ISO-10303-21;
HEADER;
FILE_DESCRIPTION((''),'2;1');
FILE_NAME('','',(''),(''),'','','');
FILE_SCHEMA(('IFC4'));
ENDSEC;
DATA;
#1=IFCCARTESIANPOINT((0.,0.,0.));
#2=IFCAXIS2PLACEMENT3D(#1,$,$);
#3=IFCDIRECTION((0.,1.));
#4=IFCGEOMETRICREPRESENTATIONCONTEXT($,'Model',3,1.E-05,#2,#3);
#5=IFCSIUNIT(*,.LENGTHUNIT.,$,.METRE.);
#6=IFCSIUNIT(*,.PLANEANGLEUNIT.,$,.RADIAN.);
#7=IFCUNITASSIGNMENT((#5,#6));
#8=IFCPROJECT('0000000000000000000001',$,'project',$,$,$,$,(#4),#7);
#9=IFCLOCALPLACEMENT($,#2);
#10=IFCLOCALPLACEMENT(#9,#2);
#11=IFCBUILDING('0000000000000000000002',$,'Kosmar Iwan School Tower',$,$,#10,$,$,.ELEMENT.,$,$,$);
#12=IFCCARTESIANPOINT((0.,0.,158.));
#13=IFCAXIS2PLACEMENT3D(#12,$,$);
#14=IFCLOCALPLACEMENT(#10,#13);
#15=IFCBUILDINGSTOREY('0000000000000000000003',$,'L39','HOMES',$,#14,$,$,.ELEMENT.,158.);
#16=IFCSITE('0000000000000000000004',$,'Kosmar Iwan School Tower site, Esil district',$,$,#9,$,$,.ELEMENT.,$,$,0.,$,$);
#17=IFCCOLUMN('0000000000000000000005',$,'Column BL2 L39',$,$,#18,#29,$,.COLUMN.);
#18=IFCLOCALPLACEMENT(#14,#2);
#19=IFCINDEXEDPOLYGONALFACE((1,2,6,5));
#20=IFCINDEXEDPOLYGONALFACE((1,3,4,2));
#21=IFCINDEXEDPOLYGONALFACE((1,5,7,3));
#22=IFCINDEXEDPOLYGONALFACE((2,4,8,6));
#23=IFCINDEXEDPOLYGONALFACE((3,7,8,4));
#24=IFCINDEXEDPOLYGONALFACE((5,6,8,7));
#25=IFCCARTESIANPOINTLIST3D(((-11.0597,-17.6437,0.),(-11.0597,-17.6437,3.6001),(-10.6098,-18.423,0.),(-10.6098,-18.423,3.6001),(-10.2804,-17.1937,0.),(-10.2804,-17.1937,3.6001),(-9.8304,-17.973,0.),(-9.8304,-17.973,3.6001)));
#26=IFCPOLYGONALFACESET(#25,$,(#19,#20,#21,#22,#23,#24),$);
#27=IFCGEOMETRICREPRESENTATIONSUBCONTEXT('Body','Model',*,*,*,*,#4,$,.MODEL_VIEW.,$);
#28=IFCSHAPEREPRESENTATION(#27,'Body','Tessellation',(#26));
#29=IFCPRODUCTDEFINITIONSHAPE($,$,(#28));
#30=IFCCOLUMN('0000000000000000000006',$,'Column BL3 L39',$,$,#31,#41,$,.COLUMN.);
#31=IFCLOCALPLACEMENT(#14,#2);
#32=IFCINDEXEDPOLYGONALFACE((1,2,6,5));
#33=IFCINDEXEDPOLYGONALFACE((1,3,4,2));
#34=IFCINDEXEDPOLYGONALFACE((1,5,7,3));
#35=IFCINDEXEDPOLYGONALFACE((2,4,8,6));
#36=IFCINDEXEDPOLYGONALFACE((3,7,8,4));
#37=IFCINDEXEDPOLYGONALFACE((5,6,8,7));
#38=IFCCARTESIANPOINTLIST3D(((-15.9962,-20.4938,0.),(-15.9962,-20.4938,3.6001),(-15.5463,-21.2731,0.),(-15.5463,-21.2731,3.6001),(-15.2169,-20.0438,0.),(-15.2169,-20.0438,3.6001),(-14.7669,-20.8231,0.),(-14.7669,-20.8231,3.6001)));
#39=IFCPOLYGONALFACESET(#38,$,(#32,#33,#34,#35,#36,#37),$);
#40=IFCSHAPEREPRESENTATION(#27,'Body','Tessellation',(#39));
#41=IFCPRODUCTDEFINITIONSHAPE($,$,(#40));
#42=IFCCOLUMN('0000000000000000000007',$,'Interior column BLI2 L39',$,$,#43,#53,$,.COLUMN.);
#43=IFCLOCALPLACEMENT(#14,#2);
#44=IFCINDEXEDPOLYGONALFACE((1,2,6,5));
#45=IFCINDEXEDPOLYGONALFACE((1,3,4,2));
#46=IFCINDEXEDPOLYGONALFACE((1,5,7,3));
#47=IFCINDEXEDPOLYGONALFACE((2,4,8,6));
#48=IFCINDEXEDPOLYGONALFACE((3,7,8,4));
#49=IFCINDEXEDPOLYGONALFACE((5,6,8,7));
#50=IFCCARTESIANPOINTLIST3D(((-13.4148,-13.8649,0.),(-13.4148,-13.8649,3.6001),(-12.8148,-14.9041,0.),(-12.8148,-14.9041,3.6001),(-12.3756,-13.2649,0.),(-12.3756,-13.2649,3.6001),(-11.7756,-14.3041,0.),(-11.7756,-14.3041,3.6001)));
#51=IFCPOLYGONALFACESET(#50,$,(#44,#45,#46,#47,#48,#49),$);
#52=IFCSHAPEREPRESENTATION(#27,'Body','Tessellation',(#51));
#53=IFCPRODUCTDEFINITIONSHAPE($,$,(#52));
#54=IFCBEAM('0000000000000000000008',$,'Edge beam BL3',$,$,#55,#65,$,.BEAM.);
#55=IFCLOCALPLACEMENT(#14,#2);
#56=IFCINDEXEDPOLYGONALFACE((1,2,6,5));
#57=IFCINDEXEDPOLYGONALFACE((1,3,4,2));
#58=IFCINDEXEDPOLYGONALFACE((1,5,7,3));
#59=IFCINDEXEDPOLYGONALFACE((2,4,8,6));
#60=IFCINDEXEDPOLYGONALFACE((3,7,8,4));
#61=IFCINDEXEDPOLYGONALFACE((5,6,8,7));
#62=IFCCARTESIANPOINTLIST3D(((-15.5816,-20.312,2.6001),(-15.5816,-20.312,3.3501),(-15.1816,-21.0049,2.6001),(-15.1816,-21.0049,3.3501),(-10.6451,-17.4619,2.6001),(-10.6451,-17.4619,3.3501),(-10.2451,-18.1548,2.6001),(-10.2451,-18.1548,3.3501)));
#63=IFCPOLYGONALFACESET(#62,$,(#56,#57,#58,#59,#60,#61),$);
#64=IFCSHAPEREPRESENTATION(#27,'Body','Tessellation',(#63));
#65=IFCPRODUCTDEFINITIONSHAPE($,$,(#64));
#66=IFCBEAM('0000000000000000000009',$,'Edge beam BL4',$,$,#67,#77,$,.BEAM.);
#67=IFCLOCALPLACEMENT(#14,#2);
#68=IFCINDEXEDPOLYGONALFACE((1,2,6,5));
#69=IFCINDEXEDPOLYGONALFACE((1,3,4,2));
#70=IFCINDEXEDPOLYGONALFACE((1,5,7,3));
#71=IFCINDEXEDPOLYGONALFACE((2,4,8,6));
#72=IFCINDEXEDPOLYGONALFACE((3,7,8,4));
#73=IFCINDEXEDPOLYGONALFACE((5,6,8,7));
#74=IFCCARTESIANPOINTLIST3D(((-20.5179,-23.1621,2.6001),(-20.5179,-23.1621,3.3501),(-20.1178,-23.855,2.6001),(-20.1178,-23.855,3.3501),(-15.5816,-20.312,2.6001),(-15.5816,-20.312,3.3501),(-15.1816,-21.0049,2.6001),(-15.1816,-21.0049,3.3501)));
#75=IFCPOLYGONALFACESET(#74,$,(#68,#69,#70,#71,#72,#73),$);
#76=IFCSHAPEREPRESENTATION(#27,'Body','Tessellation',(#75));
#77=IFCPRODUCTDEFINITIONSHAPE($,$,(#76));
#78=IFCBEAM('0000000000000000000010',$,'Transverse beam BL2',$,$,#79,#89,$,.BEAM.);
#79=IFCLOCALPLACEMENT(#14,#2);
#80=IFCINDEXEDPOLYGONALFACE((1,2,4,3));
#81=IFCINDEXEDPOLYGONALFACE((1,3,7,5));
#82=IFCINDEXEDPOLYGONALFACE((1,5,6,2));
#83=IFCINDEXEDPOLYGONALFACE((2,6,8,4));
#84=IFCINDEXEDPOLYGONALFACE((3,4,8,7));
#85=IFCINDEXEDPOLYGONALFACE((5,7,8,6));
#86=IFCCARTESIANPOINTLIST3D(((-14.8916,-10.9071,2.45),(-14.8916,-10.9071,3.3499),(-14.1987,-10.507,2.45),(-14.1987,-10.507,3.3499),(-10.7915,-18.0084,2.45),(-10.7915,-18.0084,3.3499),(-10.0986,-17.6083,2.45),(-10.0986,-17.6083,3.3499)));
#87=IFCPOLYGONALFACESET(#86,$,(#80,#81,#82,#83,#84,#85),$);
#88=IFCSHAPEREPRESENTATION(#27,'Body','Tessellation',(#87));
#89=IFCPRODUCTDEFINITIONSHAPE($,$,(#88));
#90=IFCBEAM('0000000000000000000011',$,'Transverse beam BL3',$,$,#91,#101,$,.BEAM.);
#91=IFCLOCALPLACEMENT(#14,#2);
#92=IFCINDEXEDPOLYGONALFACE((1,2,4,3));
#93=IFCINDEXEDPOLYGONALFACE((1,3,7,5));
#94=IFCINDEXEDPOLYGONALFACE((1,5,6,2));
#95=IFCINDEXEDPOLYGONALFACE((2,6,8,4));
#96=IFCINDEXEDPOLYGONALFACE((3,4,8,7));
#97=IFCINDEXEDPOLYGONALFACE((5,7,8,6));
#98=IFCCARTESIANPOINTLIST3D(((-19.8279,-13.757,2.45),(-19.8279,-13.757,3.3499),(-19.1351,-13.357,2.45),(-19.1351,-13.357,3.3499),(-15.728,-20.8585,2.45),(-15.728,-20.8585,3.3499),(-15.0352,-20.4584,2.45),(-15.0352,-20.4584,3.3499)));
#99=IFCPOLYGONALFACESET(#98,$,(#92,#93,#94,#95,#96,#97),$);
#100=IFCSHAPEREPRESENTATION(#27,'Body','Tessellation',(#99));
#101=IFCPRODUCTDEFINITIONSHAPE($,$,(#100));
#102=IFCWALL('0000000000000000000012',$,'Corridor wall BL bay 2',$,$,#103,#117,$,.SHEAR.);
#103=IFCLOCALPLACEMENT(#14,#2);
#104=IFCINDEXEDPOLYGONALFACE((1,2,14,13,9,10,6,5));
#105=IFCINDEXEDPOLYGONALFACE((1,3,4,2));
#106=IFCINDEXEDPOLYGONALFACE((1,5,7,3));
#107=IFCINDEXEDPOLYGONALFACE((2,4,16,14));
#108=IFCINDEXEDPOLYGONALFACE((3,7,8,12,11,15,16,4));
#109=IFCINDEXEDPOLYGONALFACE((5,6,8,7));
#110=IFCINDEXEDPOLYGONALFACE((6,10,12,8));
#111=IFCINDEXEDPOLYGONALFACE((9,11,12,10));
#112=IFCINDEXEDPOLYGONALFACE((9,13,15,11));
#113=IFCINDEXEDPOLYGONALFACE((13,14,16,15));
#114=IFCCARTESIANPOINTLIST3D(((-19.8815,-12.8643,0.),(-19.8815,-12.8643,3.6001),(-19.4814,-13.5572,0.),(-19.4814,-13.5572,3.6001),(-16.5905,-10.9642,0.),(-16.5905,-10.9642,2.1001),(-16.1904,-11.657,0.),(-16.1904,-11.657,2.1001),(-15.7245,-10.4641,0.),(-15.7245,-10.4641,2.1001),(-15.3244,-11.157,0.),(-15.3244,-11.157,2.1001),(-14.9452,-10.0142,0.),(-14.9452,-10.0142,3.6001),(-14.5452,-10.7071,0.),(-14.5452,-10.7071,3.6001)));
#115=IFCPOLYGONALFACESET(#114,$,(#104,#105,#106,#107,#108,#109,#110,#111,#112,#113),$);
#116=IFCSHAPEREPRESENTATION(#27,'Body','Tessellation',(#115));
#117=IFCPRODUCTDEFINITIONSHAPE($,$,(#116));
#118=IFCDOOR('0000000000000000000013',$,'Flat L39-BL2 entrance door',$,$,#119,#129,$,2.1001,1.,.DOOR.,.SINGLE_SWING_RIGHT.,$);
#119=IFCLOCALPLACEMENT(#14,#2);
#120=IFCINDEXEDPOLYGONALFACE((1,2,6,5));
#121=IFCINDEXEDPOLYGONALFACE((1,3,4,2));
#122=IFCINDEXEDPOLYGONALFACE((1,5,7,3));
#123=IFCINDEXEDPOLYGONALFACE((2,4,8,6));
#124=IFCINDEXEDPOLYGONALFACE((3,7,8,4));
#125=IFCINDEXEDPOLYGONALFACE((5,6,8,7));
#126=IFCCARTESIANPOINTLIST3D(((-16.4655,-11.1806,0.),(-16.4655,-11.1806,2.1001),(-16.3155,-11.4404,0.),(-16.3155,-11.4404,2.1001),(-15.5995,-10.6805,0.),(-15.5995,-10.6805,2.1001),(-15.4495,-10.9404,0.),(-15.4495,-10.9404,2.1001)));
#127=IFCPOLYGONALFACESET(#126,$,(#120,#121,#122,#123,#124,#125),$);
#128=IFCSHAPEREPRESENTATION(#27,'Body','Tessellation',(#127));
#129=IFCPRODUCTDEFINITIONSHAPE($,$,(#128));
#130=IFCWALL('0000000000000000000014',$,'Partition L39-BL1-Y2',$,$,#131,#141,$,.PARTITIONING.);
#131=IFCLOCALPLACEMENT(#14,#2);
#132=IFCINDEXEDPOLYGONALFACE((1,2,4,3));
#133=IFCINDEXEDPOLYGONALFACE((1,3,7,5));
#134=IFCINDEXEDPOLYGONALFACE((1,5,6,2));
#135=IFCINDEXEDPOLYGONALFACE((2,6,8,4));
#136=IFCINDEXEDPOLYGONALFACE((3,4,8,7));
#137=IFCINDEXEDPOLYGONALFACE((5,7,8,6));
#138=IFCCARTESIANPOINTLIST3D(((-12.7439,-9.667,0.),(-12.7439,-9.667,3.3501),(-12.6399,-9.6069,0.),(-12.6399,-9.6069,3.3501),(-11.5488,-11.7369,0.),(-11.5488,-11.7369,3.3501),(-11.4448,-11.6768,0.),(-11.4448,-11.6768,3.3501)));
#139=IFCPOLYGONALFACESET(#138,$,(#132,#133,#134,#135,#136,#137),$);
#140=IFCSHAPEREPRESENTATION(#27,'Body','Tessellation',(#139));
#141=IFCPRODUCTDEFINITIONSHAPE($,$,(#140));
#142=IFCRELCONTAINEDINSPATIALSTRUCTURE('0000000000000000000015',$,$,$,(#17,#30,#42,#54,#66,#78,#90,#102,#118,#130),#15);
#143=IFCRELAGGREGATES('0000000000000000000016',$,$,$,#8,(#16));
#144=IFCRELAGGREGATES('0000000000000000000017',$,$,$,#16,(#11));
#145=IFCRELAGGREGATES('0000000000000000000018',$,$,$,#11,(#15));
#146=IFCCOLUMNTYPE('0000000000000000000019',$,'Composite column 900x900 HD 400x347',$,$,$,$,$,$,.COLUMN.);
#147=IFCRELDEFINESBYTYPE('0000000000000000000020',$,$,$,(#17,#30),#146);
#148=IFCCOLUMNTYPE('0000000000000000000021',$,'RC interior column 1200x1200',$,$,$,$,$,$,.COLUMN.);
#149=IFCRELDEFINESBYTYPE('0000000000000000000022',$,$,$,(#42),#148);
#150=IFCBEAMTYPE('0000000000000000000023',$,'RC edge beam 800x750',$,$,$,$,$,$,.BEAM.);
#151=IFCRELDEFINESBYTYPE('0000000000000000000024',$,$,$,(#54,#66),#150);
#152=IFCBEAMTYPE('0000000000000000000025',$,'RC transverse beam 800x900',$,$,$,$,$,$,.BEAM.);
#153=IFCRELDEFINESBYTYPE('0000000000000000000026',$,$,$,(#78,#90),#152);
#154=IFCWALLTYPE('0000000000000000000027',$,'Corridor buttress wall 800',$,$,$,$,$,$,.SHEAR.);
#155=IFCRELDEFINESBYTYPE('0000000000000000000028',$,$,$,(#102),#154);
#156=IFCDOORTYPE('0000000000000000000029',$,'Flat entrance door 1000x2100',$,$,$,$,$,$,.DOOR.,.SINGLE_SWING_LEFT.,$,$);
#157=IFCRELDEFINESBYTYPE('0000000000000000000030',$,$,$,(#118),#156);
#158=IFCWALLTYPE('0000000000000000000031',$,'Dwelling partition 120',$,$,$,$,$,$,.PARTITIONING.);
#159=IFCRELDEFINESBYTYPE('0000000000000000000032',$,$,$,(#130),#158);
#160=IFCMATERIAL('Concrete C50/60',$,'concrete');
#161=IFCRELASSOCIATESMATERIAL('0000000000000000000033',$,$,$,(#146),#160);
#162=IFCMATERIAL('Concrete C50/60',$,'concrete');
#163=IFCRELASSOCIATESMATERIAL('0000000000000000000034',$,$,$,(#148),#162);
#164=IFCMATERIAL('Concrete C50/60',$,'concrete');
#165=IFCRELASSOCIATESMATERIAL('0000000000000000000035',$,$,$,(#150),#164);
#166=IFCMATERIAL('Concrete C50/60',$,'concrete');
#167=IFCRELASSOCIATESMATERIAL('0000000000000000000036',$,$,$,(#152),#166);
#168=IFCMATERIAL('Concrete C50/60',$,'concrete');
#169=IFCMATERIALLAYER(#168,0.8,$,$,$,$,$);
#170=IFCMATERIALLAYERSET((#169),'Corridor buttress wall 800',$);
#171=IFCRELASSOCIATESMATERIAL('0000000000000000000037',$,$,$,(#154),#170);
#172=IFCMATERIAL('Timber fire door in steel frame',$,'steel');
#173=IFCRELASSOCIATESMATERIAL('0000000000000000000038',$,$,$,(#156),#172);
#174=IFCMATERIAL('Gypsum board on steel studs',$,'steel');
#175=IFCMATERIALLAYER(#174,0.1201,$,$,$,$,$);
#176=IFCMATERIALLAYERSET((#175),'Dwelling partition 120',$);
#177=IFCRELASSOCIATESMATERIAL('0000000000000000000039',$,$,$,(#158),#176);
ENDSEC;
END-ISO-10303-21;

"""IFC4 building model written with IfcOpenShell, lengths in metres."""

from ifc_helpers import new_model, si_unit, direction, frame, frame_2d, origin, origin_2d, place, context, subcontext, project, spatial, rectangle, extrude, material, layer, layer_set, material_profile, profile_set, type_object, element, fill, save


model = new_model("IFC4")

# Units and contexts
model_context = context("Model", 3, precision=1e-05, world=origin(), true_north=direction((0.0, 1.0)))
body_context = subcontext(model_context, "Body", "Model", "MODEL_VIEW")
ifc_project = project(units=[si_unit("LENGTHUNIT", "METRE"), si_unit("PLANEANGLEUNIT", "RADIAN")], contexts=[model_context])

# Site, building, storey
site_placement = place(None, origin())
site = spatial("IfcSite", under=ifc_project, at=site_placement, Name="Kosmar Iwan School Tower site, Esil district", CompositionType="ELEMENT", RefElevation=0.0)
building_placement = place(site_placement, origin())
building = spatial("IfcBuilding", under=site, at=building_placement, Name="Kosmar Iwan School Tower", CompositionType="ELEMENT")
storey_placement = place(building_placement, frame((0.0, 0.0, 158.0)))
storey = spatial("IfcBuildingStorey", under=building, at=storey_placement, Name="L39", Description="HOMES", CompositionType="ELEMENT", Elevation=158.0)

# Columns
ifc_material_1 = material(Name="Concrete C50/60", Category="concrete")
ifc_material_profile_1 = material_profile(ifc_material_1, rectangle(XDim=0.8999, YDim=0.8999, at=origin_2d()), Name="RC 900x900 + HD 400x347")
ifc_profile_set_1 = profile_set([ifc_material_profile_1], Name="Concrete C50/60")
column_type_1 = type_object("IfcColumnType", Name="Composite column 900x900 HD 400x347", PredefinedType="COLUMN", material=ifc_profile_set_1)
for number, where, z_axis, x_axis, name in (
    (1, (-10.4451, -17.8083, 0.0), (0.0, 0.0, 1.0), (-0.866025, -0.5, 0.0), "Column BL2 L39"),
    (2, (-15.3816, -20.6584, 0.0), (0.0, 0.0, 1.0), (-0.866025, -0.5, 0.0), "Column BL3 L39"),
):
    element("IfcColumn", number, at=place(storey_placement, frame(where, z_axis=z_axis, x_axis=x_axis)), inside=storey, type_object=column_type_1, Name=name, PredefinedType="COLUMN", context=body_context, shape_type="SweptSolid", body=[
        extrude(rectangle(XDim=0.8999, YDim=0.8999, at=origin_2d()), origin(), (0.0, 0.0, 1.0), 3.6001),
    ])
ifc_material_2 = material(Name="Concrete C50/60", Category="concrete")
ifc_material_profile_2 = material_profile(ifc_material_2, rectangle(XDim=1.2, YDim=1.2, at=origin_2d()), Name="RC 1200x1200")
ifc_profile_set_2 = profile_set([ifc_material_profile_2], Name="Concrete C50/60")
column_type_2 = type_object("IfcColumnType", Name="RC interior column 1200x1200", PredefinedType="COLUMN", material=ifc_profile_set_2)
column_placement = place(storey_placement, frame((-12.5952, -14.0845, 0.0), z_axis=(0.0, 0.0, 1.0), x_axis=(-0.866025, -0.5, 0.0)))
element("IfcColumn", 3, at=column_placement, inside=storey, type_object=column_type_2, Name="Interior column BLI2 L39", PredefinedType="COLUMN", context=body_context, shape_type="SweptSolid", body=[
    extrude(rectangle(XDim=1.2, YDim=1.2, at=origin_2d()), origin(), (0.0, 0.0, 1.0), 3.6001),
])

# Beams
ifc_material_3 = material(Name="Concrete C50/60", Category="concrete")
ifc_material_profile_3 = material_profile(ifc_material_3, rectangle(XDim=0.8, YDim=0.75, at=origin_2d()), Name="RC 800x750")
ifc_profile_set_3 = profile_set([ifc_material_profile_3], Name="Concrete C50/60")
beam_type_1 = type_object("IfcBeamType", Name="RC edge beam 800x750", PredefinedType="BEAM", material=ifc_profile_set_3)
beam_1_placement = place(storey_placement, frame((-10.4451, -17.8083, 2.9751), z_axis=(-0.866026, -0.499999, 0.0), x_axis=(0.499999, -0.866026, 0.0)))
element("IfcBeam", 4, at=beam_1_placement, inside=storey, type_object=beam_type_1, Name="Edge beam BL3", PredefinedType="BEAM", context=body_context, shape_type="SweptSolid", body=[
    extrude(rectangle(XDim=0.8, YDim=0.75, at=origin_2d()), origin(), (0.0, 0.0, 1.0), 5.7002),
])
beam_2_placement = place(storey_placement, frame((-15.3816, -20.6584, 2.9751), z_axis=(-0.866015, -0.500018, 0.0), x_axis=(0.500018, -0.866015, 0.0)))
element("IfcBeam", 5, at=beam_2_placement, inside=storey, type_object=beam_type_1, Name="Edge beam BL4", PredefinedType="BEAM", context=body_context, shape_type="SweptSolid", body=[
    extrude(rectangle(XDim=0.8, YDim=0.75, at=origin_2d()), origin(), (0.0, 0.0, 1.0), 5.7),
])
ifc_material_4 = material(Name="Concrete C50/60", Category="concrete")
ifc_material_profile_4 = material_profile(ifc_material_4, rectangle(XDim=0.8, YDim=0.8999, at=origin_2d()), Name="RC 800x900")
ifc_profile_set_4 = profile_set([ifc_material_profile_4], Name="Concrete C50/60")
beam_type_2 = type_object("IfcBeamType", Name="RC transverse beam 800x900", PredefinedType="BEAM", material=ifc_profile_set_4)
for number, where, z_axis, x_axis, name in (
    (6, (-10.4451, -17.8083, 2.8999), (-0.500014, 0.866018, 0.0), (-0.866018, -0.500014, 0.0), "Transverse beam BL2"),
    (7, (-15.3816, -20.6584, 2.8999), (-0.499991, 0.86603, 0.0), (-0.86603, -0.499991, 0.0), "Transverse beam BL3"),
):
    element("IfcBeam", number, at=place(storey_placement, frame(where, z_axis=z_axis, x_axis=x_axis)), inside=storey, type_object=beam_type_2, Name=name, PredefinedType="BEAM", context=body_context, shape_type="SweptSolid", body=[
        extrude(rectangle(XDim=0.8, YDim=0.8999, at=origin_2d()), origin(), (0.0, 0.0, 1.0), 8.2),
    ])

# Wall, opening, door
ifc_material_5 = material(Name="Concrete C50/60", Category="concrete")
ifc_layer_1 = layer(ifc_material_5, 0.8)
ifc_layer_set_1 = layer_set([ifc_layer_1], Name="Corridor buttress wall 800")
wall_type_1 = type_object("IfcWallType", Name="Corridor buttress wall 800", PredefinedType="SHEAR", material=ifc_layer_set_1)
wall_1_placement = place(storey_placement, frame((-14.7451, -10.3606, 0.0), z_axis=(0.0, 0.0, 1.0), x_axis=(-0.866015, -0.500018, 0.0)))
wall_1 = element("IfcWall", 8, at=wall_1_placement, inside=storey, type_object=wall_type_1, Name="Corridor wall BL bay 2", PredefinedType="SHEAR", context=body_context, shape_type="SweptSolid", body=[
    extrude(rectangle(XDim=5.7, YDim=0.8, at=frame_2d((2.8501, 0.0))), origin(), (0.0, 0.0, 1.0), 3.6001),
])
opening_1_placement = place(wall_1_placement, frame((0.8999, 0.0, 0.0)))
opening_1 = element("IfcOpeningElement", 9, at=opening_1_placement, cuts=wall_1, PredefinedType="OPENING", context=body_context, shape_type="SweptSolid", body=[
    extrude(rectangle(XDim=1.0, YDim=2.1001, at=frame_2d((0.5, 1.05))), frame((0.0, 0.4121, 0.0), z_axis=(0.0, -1.0, 0.0), x_axis=(1.0, 0.0, 0.0)), (0.0, 0.0, 1.0), 0.824),
])
ifc_material_6 = material(Name="Timber fire door in steel frame", Category="steel")
door_type_1 = type_object("IfcDoorType", Name="Flat entrance door 1000x2100", OperationType="SINGLE_SWING_LEFT", PredefinedType="DOOR", material=ifc_material_6)
door_1_placement = place(opening_1_placement, origin())
door_1 = element("IfcDoor", 10, at=door_1_placement, inside=storey, type_object=door_type_1, Name="Flat L39-BL2 entrance door", OperationType="SINGLE_SWING_RIGHT", OverallHeight=2.1001, OverallWidth=1.0, PredefinedType="DOOR", context=body_context, shape_type="SweptSolid", body=[
    extrude(rectangle(XDim=1.0, YDim=2.1001, at=frame_2d((0.5, 1.05))), frame((0.0, 0.1499, 0.0), z_axis=(0.0, -1.0, 0.0), x_axis=(1.0, 0.0, 0.0)), (0.0, 0.0, 1.0), 0.3),
])
fill(opening_1, door_1)

# Wall
ifc_material_7 = material(Name="Gypsum board on steel studs", Category="steel")
ifc_layer_2 = layer(ifc_material_7, 0.1201)
ifc_layer_set_2 = layer_set([ifc_layer_2], Name="Dwelling partition 120")
wall_type_2 = type_object("IfcWallType", Name="Dwelling partition 120", PredefinedType="PARTITIONING", material=ifc_layer_set_2)
wall_2_placement = place(storey_placement, frame((-12.6919, -9.637, 0.0), z_axis=(0.0, 0.0, 1.0), x_axis=(0.500017, -0.866015, 0.0)))
element("IfcWall", 11, at=wall_2_placement, inside=storey, type_object=wall_type_2, Name="Partition L39-BL1-Y2", PredefinedType="PARTITIONING", context=body_context, shape_type="SweptSolid", body=[
    extrude(rectangle(XDim=2.3901, YDim=0.1201, at=frame_2d((1.1951, 0.0))), origin(), (0.0, 0.0, 1.0), 3.3501),
])

save(model, "model.ifc")
